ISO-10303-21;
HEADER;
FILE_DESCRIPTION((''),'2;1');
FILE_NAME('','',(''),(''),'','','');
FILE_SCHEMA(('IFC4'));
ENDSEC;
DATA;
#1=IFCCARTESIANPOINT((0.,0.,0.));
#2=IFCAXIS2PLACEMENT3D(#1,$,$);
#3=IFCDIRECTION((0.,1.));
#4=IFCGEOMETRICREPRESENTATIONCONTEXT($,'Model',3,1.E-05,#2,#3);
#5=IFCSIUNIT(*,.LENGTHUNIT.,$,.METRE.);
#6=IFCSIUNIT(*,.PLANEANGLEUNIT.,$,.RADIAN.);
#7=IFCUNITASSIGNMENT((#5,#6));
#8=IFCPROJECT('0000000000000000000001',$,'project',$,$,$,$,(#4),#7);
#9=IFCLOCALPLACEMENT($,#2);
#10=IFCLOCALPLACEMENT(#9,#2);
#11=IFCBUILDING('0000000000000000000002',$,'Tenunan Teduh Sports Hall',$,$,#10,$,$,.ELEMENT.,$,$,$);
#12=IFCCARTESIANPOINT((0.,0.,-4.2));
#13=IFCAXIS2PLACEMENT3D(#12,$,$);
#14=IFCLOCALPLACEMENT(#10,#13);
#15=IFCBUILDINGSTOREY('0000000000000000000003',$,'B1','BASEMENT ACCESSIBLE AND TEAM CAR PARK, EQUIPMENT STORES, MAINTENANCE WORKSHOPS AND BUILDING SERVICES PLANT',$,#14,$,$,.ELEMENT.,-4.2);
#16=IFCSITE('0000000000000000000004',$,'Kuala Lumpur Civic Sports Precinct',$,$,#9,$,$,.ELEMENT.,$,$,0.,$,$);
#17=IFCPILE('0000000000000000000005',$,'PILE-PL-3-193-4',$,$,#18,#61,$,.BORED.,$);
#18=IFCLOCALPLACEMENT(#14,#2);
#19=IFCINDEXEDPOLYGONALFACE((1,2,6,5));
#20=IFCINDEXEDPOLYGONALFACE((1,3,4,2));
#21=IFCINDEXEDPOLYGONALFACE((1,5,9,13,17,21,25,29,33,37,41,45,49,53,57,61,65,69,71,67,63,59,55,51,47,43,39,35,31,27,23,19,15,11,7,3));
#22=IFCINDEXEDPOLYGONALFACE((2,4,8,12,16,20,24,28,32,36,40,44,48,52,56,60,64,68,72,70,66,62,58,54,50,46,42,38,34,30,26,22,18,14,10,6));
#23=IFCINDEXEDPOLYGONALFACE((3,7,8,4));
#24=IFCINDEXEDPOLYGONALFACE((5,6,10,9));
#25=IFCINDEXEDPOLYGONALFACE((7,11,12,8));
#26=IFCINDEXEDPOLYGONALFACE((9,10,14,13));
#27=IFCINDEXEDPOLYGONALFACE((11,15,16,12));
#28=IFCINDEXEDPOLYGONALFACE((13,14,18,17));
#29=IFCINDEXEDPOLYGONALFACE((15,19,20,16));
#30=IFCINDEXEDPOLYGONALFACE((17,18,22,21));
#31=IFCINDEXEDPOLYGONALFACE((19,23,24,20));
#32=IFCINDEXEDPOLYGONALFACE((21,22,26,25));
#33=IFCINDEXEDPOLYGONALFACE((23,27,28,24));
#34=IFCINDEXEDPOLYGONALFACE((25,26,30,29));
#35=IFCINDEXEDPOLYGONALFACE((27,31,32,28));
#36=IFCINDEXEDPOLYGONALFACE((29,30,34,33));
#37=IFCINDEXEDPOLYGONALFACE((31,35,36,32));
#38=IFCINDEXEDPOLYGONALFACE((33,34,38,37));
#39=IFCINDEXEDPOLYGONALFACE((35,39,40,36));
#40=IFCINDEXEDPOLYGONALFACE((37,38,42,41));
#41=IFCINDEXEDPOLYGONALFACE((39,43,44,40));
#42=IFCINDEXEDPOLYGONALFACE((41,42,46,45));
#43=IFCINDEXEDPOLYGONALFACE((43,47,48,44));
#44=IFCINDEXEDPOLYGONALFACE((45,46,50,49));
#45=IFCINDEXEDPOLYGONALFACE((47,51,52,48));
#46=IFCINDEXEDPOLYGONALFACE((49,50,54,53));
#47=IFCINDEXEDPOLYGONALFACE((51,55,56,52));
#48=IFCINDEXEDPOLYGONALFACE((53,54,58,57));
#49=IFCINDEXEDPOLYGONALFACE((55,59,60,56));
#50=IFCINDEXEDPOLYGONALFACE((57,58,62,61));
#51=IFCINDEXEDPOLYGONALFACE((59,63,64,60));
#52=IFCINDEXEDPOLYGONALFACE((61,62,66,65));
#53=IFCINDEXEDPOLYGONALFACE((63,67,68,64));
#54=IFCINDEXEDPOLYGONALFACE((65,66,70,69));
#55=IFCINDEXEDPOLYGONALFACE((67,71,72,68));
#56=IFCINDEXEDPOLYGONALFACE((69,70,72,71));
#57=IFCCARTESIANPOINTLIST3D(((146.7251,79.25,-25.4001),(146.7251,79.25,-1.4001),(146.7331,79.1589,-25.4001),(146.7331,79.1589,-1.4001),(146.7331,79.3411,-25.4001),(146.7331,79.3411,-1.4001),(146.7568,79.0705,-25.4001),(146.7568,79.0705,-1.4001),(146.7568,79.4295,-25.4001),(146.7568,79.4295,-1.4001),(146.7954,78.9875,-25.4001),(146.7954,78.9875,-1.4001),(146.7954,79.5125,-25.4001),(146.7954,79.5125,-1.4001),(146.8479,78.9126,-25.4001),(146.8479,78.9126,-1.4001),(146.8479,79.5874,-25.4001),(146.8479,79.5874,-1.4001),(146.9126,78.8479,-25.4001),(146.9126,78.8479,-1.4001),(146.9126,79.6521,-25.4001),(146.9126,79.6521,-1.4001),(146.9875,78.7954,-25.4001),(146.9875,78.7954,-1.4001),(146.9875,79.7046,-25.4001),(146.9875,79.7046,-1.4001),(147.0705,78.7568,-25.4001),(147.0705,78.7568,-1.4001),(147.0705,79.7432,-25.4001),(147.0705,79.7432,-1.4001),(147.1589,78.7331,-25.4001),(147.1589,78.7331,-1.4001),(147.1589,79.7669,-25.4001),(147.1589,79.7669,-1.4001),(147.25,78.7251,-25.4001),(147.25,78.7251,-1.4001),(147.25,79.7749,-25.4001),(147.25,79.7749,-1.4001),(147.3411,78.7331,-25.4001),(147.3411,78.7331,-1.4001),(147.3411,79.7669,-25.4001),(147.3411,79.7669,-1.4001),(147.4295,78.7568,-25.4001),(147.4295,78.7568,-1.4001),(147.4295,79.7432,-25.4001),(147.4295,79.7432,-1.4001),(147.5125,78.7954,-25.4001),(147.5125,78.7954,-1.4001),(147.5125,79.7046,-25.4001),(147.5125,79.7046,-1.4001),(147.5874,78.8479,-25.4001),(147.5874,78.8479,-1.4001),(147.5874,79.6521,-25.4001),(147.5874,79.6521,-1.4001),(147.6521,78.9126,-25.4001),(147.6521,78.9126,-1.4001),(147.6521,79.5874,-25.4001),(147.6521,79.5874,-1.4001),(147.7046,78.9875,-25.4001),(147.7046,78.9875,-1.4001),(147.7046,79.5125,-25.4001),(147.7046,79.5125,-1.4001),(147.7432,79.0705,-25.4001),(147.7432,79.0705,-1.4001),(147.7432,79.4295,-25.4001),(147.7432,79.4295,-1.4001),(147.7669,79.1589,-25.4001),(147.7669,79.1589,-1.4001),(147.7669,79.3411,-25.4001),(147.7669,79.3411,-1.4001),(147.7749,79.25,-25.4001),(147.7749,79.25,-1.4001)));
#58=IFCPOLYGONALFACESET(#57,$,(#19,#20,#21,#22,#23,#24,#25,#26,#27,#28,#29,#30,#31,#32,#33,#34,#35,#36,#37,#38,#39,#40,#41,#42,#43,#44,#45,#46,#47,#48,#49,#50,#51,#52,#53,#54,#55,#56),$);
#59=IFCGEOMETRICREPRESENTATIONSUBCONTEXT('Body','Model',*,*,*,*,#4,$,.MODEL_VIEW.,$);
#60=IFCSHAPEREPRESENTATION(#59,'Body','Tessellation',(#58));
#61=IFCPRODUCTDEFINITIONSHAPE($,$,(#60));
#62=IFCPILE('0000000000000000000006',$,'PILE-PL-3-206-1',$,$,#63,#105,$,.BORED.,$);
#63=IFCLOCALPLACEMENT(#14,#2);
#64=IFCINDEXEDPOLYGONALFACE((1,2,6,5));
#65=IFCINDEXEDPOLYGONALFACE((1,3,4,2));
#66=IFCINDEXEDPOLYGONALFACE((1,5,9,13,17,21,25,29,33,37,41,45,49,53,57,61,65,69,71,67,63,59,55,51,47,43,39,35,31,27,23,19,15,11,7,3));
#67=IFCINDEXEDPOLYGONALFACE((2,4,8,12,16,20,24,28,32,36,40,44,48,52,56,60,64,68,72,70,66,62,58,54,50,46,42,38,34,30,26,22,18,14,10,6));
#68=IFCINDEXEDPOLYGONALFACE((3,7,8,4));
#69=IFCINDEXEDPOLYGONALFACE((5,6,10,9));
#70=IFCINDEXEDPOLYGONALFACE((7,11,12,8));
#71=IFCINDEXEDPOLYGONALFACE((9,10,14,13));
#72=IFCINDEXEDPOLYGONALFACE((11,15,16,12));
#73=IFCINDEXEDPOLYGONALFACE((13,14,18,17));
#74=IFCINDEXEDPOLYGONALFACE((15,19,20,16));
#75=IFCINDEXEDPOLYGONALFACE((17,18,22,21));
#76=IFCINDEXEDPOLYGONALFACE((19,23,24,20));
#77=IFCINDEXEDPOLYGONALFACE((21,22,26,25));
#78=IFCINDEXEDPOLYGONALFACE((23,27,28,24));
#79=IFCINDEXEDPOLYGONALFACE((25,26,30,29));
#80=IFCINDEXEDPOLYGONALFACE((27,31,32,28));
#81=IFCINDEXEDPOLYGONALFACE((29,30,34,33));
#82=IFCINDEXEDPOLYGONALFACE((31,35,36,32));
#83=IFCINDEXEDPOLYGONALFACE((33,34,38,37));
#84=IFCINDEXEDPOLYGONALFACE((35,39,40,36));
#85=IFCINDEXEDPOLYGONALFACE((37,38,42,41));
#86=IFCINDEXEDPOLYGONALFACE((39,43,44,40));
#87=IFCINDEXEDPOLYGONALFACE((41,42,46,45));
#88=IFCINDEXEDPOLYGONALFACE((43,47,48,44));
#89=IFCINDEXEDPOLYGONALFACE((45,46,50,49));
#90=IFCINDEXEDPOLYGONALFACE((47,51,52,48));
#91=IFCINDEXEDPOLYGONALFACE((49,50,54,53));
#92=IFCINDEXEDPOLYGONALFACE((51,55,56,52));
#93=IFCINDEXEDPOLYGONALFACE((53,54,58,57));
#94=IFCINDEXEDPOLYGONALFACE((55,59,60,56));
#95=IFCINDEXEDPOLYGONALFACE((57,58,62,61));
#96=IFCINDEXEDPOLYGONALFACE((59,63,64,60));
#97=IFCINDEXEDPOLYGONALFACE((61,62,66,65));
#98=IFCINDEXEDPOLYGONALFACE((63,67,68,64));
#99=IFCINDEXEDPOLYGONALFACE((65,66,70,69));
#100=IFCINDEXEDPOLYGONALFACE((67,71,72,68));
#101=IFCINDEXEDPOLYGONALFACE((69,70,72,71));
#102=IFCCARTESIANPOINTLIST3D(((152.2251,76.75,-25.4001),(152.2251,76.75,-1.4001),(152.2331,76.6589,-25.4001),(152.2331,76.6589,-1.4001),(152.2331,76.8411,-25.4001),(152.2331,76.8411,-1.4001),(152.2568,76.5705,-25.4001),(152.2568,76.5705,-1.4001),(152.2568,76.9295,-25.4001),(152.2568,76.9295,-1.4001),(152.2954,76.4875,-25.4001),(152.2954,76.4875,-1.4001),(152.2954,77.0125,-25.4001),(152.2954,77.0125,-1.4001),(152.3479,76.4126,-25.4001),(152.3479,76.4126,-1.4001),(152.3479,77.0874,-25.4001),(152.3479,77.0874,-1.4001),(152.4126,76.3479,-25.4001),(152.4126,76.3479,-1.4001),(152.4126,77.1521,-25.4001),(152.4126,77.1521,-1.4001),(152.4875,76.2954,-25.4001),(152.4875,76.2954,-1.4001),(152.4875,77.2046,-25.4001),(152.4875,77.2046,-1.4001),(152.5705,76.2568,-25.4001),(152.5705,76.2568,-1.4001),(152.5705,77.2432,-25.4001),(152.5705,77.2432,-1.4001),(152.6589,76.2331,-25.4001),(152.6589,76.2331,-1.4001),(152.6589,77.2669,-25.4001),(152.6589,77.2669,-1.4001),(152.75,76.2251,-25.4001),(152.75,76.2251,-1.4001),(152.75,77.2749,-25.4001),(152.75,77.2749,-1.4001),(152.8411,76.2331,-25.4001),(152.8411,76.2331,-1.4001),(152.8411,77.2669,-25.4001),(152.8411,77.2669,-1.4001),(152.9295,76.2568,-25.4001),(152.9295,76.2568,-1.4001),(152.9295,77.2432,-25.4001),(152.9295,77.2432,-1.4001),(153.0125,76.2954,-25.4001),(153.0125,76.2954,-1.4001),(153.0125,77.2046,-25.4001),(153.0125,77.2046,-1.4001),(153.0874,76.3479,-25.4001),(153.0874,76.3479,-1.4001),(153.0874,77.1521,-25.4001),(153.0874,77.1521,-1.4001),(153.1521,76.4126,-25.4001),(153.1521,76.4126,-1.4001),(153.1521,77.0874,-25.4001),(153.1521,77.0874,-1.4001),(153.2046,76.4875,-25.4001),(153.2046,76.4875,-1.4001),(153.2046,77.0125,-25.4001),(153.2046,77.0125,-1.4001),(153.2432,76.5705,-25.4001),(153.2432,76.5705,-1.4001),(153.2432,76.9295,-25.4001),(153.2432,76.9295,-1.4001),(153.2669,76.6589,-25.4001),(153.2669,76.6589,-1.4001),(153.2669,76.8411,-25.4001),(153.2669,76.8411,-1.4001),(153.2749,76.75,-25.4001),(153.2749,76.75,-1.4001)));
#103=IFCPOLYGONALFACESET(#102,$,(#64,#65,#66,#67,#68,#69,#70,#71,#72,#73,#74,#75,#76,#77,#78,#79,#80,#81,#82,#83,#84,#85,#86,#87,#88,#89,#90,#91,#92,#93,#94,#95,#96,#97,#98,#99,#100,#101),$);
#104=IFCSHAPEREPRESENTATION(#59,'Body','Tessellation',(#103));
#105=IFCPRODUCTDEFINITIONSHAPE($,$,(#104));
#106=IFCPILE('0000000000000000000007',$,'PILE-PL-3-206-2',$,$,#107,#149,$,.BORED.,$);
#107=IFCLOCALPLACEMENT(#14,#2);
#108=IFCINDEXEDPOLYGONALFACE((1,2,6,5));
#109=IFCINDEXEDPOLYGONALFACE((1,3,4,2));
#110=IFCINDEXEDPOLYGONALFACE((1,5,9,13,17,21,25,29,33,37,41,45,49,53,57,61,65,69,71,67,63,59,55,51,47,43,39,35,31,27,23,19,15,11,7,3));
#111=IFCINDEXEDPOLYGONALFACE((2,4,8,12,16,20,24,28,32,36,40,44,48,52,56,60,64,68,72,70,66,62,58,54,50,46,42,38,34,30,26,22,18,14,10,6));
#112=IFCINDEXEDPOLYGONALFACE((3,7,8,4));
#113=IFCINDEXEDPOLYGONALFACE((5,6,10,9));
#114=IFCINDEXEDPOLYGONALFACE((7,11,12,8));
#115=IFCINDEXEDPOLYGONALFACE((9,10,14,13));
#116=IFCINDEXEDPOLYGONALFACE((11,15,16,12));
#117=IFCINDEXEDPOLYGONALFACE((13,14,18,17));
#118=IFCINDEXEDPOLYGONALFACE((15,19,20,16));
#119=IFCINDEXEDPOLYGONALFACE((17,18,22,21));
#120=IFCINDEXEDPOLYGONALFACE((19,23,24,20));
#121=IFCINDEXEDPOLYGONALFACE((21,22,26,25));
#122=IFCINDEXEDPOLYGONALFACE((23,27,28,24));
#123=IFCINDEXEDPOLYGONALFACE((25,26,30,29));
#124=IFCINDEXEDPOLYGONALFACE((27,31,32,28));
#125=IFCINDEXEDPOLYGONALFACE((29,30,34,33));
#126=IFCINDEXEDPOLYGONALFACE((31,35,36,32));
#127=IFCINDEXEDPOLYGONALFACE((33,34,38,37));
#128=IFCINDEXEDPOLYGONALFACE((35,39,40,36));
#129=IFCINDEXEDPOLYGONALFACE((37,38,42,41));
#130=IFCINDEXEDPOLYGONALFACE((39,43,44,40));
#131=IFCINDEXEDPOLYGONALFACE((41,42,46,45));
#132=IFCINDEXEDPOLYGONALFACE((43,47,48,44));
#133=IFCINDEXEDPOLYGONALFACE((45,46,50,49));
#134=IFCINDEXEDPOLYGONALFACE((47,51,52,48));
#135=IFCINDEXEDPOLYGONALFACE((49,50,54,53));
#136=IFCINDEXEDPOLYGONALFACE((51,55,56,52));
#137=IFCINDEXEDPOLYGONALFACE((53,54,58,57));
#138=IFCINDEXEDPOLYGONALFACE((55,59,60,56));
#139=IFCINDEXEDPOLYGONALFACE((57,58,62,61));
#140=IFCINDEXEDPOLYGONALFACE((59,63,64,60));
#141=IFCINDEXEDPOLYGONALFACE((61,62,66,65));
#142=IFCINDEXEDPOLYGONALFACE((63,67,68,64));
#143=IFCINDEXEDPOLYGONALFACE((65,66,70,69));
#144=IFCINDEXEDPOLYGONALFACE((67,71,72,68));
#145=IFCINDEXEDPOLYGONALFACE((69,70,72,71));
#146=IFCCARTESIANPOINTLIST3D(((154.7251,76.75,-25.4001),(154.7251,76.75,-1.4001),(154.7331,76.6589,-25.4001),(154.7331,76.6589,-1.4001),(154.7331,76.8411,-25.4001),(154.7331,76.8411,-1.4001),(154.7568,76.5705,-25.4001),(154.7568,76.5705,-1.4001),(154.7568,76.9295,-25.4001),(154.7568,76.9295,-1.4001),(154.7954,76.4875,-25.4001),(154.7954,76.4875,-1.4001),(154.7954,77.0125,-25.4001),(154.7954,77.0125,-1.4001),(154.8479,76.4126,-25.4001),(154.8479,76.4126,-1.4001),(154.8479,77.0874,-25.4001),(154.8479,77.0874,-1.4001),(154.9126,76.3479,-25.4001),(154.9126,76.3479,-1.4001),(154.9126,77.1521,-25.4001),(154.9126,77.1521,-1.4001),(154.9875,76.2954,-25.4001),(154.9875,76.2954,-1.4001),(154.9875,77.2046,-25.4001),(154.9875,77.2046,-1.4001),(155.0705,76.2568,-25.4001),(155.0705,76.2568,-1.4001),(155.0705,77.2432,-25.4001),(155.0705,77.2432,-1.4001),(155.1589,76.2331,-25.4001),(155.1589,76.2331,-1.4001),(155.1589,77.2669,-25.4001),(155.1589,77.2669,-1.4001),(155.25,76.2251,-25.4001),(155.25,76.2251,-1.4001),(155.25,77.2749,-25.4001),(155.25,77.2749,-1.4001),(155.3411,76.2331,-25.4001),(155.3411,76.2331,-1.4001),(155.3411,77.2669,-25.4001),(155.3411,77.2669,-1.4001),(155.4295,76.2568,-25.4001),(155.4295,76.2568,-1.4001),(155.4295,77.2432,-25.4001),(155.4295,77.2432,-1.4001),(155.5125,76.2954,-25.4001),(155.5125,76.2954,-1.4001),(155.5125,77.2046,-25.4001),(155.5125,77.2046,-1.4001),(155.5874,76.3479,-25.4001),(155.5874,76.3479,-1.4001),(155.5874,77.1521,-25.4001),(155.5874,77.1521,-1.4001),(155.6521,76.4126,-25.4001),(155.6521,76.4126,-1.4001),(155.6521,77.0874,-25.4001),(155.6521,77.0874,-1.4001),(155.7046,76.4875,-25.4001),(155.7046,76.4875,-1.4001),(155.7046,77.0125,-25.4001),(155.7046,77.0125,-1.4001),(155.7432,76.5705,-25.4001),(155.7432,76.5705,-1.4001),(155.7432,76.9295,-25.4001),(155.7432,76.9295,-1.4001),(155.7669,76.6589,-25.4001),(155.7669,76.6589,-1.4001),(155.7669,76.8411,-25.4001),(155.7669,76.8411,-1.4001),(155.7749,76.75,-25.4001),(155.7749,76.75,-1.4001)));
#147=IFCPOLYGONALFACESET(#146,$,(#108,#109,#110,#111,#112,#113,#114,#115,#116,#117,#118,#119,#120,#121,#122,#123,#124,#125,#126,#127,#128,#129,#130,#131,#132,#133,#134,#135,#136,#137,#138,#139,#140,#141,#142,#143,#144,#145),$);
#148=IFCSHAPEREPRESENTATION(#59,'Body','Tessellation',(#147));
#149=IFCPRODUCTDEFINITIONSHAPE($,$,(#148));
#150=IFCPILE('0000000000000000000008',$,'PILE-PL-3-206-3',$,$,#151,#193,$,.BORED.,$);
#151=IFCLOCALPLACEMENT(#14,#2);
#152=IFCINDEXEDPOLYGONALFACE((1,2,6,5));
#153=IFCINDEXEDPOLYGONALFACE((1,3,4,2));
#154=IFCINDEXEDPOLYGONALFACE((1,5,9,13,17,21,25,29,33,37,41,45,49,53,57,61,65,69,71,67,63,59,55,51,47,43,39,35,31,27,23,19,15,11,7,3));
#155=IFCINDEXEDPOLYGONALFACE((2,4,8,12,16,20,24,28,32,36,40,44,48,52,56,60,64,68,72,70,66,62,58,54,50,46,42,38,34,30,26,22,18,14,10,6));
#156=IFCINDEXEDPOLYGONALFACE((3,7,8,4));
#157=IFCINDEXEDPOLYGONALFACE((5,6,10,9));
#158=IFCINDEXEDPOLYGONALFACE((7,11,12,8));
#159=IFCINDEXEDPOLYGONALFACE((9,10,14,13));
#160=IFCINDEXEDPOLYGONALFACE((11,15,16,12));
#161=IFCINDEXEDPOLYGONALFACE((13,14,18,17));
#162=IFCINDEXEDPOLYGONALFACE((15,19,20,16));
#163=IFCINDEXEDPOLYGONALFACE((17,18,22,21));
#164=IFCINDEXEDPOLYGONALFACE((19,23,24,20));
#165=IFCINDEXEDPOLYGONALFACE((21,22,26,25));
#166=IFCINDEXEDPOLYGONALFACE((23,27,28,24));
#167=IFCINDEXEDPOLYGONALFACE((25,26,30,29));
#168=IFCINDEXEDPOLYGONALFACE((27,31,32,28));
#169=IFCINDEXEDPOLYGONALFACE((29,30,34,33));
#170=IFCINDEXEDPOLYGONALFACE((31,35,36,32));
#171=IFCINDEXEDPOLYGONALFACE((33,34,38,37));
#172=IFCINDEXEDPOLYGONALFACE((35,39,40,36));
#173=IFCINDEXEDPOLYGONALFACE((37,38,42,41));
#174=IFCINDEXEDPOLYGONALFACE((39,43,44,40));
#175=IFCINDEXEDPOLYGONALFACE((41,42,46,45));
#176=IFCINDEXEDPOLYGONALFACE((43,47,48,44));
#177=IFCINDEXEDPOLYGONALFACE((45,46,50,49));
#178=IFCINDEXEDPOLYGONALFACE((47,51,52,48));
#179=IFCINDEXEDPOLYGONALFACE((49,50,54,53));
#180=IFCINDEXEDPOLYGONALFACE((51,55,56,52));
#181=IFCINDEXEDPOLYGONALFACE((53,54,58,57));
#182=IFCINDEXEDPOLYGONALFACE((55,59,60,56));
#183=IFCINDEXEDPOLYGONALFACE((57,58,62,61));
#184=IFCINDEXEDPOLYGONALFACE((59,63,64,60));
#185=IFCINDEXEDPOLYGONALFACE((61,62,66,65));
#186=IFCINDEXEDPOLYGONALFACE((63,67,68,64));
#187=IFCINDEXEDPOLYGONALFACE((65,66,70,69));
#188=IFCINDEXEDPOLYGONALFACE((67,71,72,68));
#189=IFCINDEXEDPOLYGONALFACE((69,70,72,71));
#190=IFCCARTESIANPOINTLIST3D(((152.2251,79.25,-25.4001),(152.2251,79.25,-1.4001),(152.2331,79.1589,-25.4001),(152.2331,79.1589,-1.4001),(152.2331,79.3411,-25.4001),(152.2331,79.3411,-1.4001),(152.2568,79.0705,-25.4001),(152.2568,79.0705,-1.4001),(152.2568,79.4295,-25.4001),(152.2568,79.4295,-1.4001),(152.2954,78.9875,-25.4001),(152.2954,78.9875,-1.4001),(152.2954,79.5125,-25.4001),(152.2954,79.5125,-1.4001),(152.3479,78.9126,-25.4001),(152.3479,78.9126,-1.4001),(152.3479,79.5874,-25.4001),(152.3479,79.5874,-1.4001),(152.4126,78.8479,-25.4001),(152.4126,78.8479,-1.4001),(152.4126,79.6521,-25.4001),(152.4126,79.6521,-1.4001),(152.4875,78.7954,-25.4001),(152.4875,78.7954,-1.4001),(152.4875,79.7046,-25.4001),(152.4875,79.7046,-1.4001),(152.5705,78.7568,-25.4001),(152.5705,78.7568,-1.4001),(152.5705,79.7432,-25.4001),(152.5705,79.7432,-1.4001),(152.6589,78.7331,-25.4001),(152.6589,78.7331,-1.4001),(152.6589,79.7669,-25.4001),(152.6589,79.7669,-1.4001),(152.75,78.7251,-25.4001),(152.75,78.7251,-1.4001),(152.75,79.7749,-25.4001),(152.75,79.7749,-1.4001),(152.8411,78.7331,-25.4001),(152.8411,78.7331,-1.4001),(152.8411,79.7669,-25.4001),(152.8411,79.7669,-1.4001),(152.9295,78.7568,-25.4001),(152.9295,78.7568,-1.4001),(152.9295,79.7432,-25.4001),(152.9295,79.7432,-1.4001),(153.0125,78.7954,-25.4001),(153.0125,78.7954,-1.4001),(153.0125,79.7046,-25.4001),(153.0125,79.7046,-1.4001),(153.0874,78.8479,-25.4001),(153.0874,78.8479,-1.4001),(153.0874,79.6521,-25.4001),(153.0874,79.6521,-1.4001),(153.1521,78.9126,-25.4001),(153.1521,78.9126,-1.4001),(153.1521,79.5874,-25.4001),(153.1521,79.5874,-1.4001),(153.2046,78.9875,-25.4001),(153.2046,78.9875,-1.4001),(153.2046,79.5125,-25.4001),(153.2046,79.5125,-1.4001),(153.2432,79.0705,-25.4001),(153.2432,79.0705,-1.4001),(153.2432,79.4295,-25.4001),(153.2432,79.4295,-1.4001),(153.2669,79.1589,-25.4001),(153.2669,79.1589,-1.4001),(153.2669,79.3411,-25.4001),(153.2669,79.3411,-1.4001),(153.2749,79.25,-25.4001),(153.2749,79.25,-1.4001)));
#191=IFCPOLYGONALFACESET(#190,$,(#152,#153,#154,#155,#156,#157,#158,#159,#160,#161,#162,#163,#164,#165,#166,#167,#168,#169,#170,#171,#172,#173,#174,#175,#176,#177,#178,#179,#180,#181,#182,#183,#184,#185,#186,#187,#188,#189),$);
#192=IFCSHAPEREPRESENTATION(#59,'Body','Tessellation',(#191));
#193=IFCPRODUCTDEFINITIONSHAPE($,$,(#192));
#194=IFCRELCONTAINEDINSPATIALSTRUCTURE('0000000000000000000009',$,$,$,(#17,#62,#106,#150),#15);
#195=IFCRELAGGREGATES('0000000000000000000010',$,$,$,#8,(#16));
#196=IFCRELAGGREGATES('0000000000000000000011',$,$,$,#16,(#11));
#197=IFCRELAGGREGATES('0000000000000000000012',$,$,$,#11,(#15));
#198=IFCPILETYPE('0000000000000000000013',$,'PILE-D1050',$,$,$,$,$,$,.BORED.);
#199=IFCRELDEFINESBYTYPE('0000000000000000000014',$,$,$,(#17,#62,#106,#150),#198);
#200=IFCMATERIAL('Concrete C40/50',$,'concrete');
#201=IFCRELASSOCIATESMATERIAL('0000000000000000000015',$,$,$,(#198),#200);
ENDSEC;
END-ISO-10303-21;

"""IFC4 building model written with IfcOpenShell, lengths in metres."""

from ifc_helpers import new_model, si_unit, direction, frame, origin, origin_2d, place, context, subcontext, project, spatial, circle, extrude, material, material_profile, profile_set, type_object, element, save


model = new_model("IFC4")

# Units and contexts
model_context = context("Model", 3, precision=1e-05, world=origin(), true_north=direction((0.0, 1.0)))
body_context = subcontext(model_context, "Body", "Model", "MODEL_VIEW")
ifc_project = project(units=[si_unit("LENGTHUNIT", "METRE"), si_unit("PLANEANGLEUNIT", "RADIAN")], contexts=[model_context])

# Site, building, storey
site_placement = place(None, origin())
site = spatial("IfcSite", under=ifc_project, at=site_placement, Name="Kuala Lumpur Civic Sports Precinct", CompositionType="ELEMENT", RefElevation=0.0)
building_placement = place(site_placement, origin())
building = spatial("IfcBuilding", under=site, at=building_placement, Name="Tenunan Teduh Sports Hall", CompositionType="ELEMENT")
storey_placement = place(building_placement, frame((0.0, 0.0, -4.2)))
storey = spatial("IfcBuildingStorey", under=building, at=storey_placement, Name="B1", Description="BASEMENT ACCESSIBLE AND TEAM CAR PARK, EQUIPMENT STORES, MAINTENANCE WORKSHOPS AND BUILDING SERVICES PLANT", CompositionType="ELEMENT", Elevation=-4.2)

# Piles
ifc_material_1 = material(Name="Concrete C40/50", Category="concrete")
ifc_material_profile_1 = material_profile(ifc_material_1, circle(Radius=0.5249, at=origin_2d()), Name="PILE D1050")
ifc_profile_set_1 = profile_set([ifc_material_profile_1], Name="Concrete C40/50")
pile_type_1 = type_object("IfcPileType", Name="PILE-D1050", PredefinedType="BORED", material=ifc_profile_set_1)
for number, where, z_axis, x_axis, name in (
    (1, (147.25, 79.25, -1.4001), (0.0, 0.0, -1.0), (1.0, 0.0, 0.0), "PILE-PL-3-193-4"),
    (2, (152.75, 76.75, -1.4001), (0.0, 0.0, -1.0), (1.0, 0.0, 0.0), "PILE-PL-3-206-1"),
    (3, (155.25, 76.75, -1.4001), (0.0, 0.0, -1.0), (1.0, 0.0, 0.0), "PILE-PL-3-206-2"),
    (4, (152.75, 79.25, -1.4001), (0.0, 0.0, -1.0), (1.0, 0.0, 0.0), "PILE-PL-3-206-3"),
):
    element("IfcPile", number, at=place(storey_placement, frame(where, z_axis=z_axis, x_axis=x_axis)), inside=storey, type_object=pile_type_1, Name=name, PredefinedType="BORED", context=body_context, shape_type="SweptSolid", body=[
        extrude(circle(Radius=0.5249, at=origin_2d()), origin(), (0.0, 0.0, 1.0), 24.0),
    ])

save(model, "model.ifc")
